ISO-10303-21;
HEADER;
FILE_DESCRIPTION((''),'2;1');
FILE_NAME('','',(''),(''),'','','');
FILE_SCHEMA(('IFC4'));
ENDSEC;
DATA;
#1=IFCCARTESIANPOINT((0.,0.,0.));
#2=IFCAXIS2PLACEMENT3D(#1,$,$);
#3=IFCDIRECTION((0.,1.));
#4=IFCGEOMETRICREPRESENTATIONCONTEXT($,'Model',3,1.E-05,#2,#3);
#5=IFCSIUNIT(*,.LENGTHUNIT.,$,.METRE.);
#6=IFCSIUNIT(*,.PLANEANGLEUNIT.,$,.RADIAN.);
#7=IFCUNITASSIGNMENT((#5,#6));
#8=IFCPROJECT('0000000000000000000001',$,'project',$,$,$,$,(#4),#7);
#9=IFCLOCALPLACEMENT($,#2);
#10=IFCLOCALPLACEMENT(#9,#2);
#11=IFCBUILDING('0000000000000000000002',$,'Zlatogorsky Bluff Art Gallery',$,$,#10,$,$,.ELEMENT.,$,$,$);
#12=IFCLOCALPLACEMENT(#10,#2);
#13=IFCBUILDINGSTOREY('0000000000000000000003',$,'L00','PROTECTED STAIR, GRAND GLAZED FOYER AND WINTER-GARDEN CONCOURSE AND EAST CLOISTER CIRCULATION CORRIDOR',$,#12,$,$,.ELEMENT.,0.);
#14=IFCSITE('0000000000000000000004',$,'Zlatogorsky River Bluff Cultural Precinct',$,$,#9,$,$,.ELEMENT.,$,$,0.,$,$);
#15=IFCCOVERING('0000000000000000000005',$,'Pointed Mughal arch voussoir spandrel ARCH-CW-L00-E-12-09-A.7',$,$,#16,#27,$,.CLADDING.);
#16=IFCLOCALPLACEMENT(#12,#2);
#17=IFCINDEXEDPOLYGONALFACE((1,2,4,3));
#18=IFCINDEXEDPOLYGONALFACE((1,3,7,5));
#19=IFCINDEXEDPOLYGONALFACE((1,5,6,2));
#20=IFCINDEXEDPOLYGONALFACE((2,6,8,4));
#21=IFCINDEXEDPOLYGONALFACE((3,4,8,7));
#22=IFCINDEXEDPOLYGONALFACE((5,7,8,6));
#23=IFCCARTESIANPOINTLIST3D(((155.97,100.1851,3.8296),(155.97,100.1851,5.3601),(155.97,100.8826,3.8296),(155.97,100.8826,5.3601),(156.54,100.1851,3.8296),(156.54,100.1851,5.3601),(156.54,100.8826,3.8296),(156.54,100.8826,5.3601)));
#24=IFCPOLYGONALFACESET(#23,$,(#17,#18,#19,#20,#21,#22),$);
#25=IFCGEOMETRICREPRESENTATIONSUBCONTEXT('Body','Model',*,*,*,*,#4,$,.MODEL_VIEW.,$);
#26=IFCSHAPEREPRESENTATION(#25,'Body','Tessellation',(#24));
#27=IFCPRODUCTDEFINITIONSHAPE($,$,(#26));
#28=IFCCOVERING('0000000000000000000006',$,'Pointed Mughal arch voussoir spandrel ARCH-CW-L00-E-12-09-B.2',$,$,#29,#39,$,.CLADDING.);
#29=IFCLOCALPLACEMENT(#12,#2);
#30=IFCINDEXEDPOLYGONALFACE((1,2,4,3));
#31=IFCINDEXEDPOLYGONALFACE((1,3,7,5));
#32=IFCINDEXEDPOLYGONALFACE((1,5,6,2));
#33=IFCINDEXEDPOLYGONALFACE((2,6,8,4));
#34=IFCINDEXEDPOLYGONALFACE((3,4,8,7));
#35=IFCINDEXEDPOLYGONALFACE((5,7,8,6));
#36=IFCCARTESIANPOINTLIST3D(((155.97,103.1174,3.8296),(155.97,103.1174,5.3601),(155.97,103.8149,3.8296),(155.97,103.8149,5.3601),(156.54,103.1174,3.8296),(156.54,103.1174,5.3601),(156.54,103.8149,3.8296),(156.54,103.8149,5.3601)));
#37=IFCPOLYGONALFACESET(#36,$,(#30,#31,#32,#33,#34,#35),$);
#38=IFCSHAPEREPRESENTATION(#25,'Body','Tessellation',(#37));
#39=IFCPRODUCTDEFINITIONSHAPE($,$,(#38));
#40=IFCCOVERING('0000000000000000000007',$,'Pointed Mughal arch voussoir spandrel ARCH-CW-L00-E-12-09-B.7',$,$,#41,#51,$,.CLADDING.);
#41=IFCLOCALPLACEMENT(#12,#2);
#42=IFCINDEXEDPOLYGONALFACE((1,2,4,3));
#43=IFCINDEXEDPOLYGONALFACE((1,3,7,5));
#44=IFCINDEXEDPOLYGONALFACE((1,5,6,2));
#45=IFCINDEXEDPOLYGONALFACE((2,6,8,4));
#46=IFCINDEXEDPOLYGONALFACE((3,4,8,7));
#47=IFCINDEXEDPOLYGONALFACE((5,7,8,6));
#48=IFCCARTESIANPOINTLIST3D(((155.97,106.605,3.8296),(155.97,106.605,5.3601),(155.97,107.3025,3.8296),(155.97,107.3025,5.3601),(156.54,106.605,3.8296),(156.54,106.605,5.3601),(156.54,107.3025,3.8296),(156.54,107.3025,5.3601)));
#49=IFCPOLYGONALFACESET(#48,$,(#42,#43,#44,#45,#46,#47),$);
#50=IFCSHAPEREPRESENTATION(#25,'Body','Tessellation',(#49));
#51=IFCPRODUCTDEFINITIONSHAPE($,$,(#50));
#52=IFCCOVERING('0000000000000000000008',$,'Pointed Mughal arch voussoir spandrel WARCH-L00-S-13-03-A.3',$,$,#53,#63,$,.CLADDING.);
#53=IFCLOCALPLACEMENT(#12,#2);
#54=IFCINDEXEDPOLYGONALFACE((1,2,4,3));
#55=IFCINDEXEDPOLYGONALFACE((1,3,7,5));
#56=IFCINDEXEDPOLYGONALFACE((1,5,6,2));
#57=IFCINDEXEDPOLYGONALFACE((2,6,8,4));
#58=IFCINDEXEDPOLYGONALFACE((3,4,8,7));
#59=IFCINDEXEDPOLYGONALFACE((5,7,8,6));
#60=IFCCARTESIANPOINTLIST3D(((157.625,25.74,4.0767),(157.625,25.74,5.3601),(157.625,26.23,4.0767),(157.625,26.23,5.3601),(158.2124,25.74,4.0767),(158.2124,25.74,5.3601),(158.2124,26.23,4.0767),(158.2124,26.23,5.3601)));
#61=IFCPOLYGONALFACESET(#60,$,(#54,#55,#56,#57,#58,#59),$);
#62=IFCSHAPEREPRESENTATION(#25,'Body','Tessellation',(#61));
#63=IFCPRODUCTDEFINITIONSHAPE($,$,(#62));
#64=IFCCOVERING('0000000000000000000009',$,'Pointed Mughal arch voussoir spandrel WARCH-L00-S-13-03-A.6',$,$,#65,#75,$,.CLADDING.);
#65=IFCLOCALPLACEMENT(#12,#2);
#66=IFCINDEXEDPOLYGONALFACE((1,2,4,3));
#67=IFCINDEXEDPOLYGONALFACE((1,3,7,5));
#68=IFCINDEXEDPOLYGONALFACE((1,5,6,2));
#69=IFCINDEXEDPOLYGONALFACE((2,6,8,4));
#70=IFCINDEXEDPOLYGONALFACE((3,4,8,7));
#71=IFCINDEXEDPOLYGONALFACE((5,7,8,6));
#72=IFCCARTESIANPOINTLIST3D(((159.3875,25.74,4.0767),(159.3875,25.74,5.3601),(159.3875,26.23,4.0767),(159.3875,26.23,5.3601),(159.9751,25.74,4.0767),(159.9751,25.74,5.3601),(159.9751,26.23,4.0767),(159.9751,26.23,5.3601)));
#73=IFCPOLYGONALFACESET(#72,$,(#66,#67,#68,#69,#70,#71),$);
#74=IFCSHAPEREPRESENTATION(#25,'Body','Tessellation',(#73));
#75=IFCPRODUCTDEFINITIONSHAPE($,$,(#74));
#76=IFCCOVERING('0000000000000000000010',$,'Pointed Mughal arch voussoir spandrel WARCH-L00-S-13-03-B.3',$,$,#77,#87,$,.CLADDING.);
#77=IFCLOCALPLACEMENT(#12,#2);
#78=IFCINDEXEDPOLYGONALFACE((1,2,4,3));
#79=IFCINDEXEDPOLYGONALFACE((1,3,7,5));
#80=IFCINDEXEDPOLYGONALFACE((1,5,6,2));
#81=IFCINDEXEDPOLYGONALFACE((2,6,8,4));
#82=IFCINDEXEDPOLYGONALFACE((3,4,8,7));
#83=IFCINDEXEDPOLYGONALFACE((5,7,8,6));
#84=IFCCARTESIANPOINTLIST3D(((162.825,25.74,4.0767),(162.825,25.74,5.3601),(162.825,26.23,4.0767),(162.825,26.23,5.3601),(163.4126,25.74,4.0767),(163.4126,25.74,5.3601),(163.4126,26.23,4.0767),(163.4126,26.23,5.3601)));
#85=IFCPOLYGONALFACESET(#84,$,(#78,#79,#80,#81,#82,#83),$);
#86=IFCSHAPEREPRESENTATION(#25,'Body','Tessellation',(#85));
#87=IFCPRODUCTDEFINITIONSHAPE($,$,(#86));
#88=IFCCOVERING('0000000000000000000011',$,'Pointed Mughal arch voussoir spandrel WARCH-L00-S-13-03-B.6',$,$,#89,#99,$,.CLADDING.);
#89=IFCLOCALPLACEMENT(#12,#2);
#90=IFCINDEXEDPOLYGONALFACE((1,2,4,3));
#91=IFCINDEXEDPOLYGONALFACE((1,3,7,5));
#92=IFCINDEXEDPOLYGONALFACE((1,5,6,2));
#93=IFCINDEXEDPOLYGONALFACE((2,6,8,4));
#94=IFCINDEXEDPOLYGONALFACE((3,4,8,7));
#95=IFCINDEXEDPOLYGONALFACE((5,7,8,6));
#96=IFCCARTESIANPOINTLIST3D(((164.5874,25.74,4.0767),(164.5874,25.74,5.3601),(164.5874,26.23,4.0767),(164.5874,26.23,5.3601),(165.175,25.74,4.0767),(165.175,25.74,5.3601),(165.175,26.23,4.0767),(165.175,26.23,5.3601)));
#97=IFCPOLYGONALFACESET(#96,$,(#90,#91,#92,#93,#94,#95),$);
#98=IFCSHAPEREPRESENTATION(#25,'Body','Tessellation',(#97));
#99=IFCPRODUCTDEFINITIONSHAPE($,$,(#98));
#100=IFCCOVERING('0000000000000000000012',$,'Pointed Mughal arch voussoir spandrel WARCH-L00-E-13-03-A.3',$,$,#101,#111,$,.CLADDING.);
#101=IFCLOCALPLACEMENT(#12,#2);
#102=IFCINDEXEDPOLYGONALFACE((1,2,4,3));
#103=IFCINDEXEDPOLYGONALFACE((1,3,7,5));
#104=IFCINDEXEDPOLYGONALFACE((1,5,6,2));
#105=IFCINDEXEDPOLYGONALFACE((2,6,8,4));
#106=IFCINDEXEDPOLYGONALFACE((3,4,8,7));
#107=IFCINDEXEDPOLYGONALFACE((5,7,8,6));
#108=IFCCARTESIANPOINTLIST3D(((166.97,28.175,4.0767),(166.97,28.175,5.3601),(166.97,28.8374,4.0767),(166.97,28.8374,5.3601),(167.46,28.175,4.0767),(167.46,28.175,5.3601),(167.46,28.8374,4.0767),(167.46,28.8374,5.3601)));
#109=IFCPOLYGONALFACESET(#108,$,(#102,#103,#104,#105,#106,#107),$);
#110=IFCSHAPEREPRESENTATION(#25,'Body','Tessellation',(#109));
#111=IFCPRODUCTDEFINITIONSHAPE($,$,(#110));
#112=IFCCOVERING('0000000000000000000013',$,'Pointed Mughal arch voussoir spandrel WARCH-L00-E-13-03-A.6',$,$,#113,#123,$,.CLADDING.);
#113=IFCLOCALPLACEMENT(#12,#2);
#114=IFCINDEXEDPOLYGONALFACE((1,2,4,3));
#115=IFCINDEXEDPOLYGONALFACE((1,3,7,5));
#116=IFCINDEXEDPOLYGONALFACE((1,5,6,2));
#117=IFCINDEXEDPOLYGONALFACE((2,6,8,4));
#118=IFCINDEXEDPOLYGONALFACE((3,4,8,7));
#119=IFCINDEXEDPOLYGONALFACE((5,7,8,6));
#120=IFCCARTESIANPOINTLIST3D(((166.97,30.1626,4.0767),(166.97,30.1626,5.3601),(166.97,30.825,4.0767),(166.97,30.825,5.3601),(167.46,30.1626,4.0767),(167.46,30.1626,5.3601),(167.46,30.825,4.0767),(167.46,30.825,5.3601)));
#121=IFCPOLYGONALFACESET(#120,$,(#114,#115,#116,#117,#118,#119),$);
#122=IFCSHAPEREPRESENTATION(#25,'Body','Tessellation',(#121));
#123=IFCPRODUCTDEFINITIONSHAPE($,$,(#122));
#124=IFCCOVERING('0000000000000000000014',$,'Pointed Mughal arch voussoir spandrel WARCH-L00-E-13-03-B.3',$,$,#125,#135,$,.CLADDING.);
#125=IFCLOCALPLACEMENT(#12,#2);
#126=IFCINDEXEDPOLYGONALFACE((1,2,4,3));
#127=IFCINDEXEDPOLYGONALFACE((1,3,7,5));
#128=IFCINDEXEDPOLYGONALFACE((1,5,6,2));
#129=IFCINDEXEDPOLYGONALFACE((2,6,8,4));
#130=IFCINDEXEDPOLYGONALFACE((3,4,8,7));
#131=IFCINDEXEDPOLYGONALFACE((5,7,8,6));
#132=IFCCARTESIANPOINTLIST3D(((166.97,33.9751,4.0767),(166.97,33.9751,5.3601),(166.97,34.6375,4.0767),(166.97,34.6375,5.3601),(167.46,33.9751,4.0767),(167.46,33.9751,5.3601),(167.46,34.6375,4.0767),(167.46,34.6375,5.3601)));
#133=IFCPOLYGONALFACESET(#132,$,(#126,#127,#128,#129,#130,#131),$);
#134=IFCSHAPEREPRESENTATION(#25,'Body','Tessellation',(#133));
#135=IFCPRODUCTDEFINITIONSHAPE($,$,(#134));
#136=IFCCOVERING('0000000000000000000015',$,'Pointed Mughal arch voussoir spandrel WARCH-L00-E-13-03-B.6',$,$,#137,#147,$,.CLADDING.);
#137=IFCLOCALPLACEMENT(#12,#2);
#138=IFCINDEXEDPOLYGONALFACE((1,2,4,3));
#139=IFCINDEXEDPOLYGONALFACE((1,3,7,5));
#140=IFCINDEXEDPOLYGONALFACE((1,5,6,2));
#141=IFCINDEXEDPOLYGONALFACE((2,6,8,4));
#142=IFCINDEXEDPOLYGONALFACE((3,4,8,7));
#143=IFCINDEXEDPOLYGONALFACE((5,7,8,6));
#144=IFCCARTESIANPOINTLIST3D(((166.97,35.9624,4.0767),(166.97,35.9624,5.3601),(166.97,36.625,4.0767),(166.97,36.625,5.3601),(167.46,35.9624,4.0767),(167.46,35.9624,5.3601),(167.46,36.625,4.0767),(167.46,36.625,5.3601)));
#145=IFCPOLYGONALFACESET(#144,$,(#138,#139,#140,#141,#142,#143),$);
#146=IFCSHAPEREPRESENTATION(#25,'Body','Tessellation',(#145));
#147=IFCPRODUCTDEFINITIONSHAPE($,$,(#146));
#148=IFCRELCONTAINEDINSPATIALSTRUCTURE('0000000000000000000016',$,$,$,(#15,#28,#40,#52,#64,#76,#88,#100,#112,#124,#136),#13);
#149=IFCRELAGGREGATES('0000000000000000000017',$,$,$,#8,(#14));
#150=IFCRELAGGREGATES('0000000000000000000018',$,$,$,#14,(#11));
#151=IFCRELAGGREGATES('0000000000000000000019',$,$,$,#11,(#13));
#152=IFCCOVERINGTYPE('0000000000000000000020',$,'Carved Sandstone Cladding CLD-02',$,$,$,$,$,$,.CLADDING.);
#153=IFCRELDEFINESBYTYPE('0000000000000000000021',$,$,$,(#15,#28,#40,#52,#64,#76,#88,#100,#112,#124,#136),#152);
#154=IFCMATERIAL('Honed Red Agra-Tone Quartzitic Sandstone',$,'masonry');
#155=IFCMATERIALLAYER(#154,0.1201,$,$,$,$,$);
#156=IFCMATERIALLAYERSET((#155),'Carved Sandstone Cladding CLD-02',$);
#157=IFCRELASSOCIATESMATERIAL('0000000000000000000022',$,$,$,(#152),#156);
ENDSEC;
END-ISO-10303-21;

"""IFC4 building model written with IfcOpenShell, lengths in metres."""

from ifc_helpers import new_model, si_unit, direction, frame, origin, place, context, subcontext, project, spatial, polyline, outline, extrude, material, layer, layer_set, type_object, element, save


model = new_model("IFC4")

# Units and contexts
model_context = context("Model", 3, precision=1e-05, world=origin(), true_north=direction((0.0, 1.0)))
body_context = subcontext(model_context, "Body", "Model", "MODEL_VIEW")
ifc_project = project(units=[si_unit("LENGTHUNIT", "METRE"), si_unit("PLANEANGLEUNIT", "RADIAN")], contexts=[model_context])

# Site, building, storey
site_placement = place(None, origin())
site = spatial("IfcSite", under=ifc_project, at=site_placement, Name="Zlatogorsky River Bluff Cultural Precinct", CompositionType="ELEMENT", RefElevation=0.0)
building_placement = place(site_placement, origin())
building = spatial("IfcBuilding", under=site, at=building_placement, Name="Zlatogorsky Bluff Art Gallery", CompositionType="ELEMENT")
storey_placement = place(building_placement, origin())
storey = spatial("IfcBuildingStorey", under=building, at=storey_placement, Name="L00", Description="PROTECTED STAIR, GRAND GLAZED FOYER AND WINTER-GARDEN CONCOURSE AND EAST CLOISTER CIRCULATION CORRIDOR", CompositionType="ELEMENT", Elevation=0.0)

# Coverings
ifc_material = material(Name="Honed Red Agra-Tone Quartzitic Sandstone", Category="masonry")
ifc_layer = layer(ifc_material, 0.1201)
ifc_layer_set = layer_set([ifc_layer], Name="Carved Sandstone Cladding CLD-02")
covering_type = type_object("IfcCoveringType", Name="Carved Sandstone Cladding CLD-02", PredefinedType="CLADDING", material=ifc_layer_set)
covering_1_placement = place(storey_placement, frame((0.0, 0.0, 3.8296)))
element("IfcCovering", 1, at=covering_1_placement, inside=storey, type_object=covering_type, Name="Pointed Mughal arch voussoir spandrel ARCH-CW-L00-E-12-09-A.7", PredefinedType="CLADDING", context=body_context, shape_type="SweptSolid", body=[
    extrude(outline(polyline([(155.97, 100.1851), (155.97, 100.8826), (156.54, 100.8826), (156.54, 100.1851), (155.97, 100.1851)])), origin(), (0.0, 0.0, 1.0), 1.5305),
])
covering_2_placement = place(storey_placement, frame((0.0, 0.0, 3.8296)))
element("IfcCovering", 2, at=covering_2_placement, inside=storey, type_object=covering_type, Name="Pointed Mughal arch voussoir spandrel ARCH-CW-L00-E-12-09-B.2", PredefinedType="CLADDING", context=body_context, shape_type="SweptSolid", body=[
    extrude(outline(polyline([(155.97, 103.1174), (155.97, 103.8149), (156.54, 103.8149), (156.54, 103.1174), (155.97, 103.1174)])), origin(), (0.0, 0.0, 1.0), 1.5305),
])
covering_3_placement = place(storey_placement, frame((0.0, 0.0, 3.8296)))
element("IfcCovering", 3, at=covering_3_placement, inside=storey, type_object=covering_type, Name="Pointed Mughal arch voussoir spandrel ARCH-CW-L00-E-12-09-B.7", PredefinedType="CLADDING", context=body_context, shape_type="SweptSolid", body=[
    extrude(outline(polyline([(155.97, 106.605), (155.97, 107.3025), (156.54, 107.3025), (156.54, 106.605), (155.97, 106.605)])), origin(), (0.0, 0.0, 1.0), 1.5305),
])
covering_4_placement = place(storey_placement, frame((0.0, 0.0, 4.0767)))
element("IfcCovering", 4, at=covering_4_placement, inside=storey, type_object=covering_type, Name="Pointed Mughal arch voussoir spandrel WARCH-L00-S-13-03-A.3", PredefinedType="CLADDING", context=body_context, shape_type="SweptSolid", body=[
    extrude(outline(polyline([(157.625, 25.74), (158.2124, 25.74), (158.2124, 26.23), (157.625, 26.23), (157.625, 25.74)])), origin(), (0.0, 0.0, 1.0), 1.2834),
])
covering_5_placement = place(storey_placement, frame((0.0, 0.0, 4.0767)))
element("IfcCovering", 5, at=covering_5_placement, inside=storey, type_object=covering_type, Name="Pointed Mughal arch voussoir spandrel WARCH-L00-S-13-03-A.6", PredefinedType="CLADDING", context=body_context, shape_type="SweptSolid", body=[
    extrude(outline(polyline([(159.3875, 25.74), (159.9751, 25.74), (159.9751, 26.23), (159.3875, 26.23), (159.3875, 25.74)])), origin(), (0.0, 0.0, 1.0), 1.2834),
])
covering_6_placement = place(storey_placement, frame((0.0, 0.0, 4.0767)))
element("IfcCovering", 6, at=covering_6_placement, inside=storey, type_object=covering_type, Name="Pointed Mughal arch voussoir spandrel WARCH-L00-S-13-03-B.3", PredefinedType="CLADDING", context=body_context, shape_type="SweptSolid", body=[
    extrude(outline(polyline([(162.825, 25.74), (163.4126, 25.74), (163.4126, 26.23), (162.825, 26.23), (162.825, 25.74)])), origin(), (0.0, 0.0, 1.0), 1.2834),
])
covering_7_placement = place(storey_placement, frame((0.0, 0.0, 4.0767)))
element("IfcCovering", 7, at=covering_7_placement, inside=storey, type_object=covering_type, Name="Pointed Mughal arch voussoir spandrel WARCH-L00-S-13-03-B.6", PredefinedType="CLADDING", context=body_context, shape_type="SweptSolid", body=[
    extrude(outline(polyline([(164.5874, 25.74), (165.175, 25.74), (165.175, 26.23), (164.5874, 26.23), (164.5874, 25.74)])), origin(), (0.0, 0.0, 1.0), 1.2834),
])
covering_8_placement = place(storey_placement, frame((0.0, 0.0, 4.0767)))
element("IfcCovering", 8, at=covering_8_placement, inside=storey, type_object=covering_type, Name="Pointed Mughal arch voussoir spandrel WARCH-L00-E-13-03-A.3", PredefinedType="CLADDING", context=body_context, shape_type="SweptSolid", body=[
    extrude(outline(polyline([(166.97, 28.175), (166.97, 28.8374), (167.46, 28.8374), (167.46, 28.175), (166.97, 28.175)])), origin(), (0.0, 0.0, 1.0), 1.2834),
])
covering_9_placement = place(storey_placement, frame((0.0, 0.0, 4.0767)))
element("IfcCovering", 9, at=covering_9_placement, inside=storey, type_object=covering_type, Name="Pointed Mughal arch voussoir spandrel WARCH-L00-E-13-03-A.6", PredefinedType="CLADDING", context=body_context, shape_type="SweptSolid", body=[
    extrude(outline(polyline([(166.97, 30.1626), (166.97, 30.825), (167.46, 30.825), (167.46, 30.1626), (166.97, 30.1626)])), origin(), (0.0, 0.0, 1.0), 1.2834),
])
covering_10_placement = place(storey_placement, frame((0.0, 0.0, 4.0767)))
element("IfcCovering", 10, at=covering_10_placement, inside=storey, type_object=covering_type, Name="Pointed Mughal arch voussoir spandrel WARCH-L00-E-13-03-B.3", PredefinedType="CLADDING", context=body_context, shape_type="SweptSolid", body=[
    extrude(outline(polyline([(166.97, 33.9751), (166.97, 34.6375), (167.46, 34.6375), (167.46, 33.9751), (166.97, 33.9751)])), origin(), (0.0, 0.0, 1.0), 1.2834),
])
covering_11_placement = place(storey_placement, frame((0.0, 0.0, 4.0767)))
element("IfcCovering", 11, at=covering_11_placement, inside=storey, type_object=covering_type, Name="Pointed Mughal arch voussoir spandrel WARCH-L00-E-13-03-B.6", PredefinedType="CLADDING", context=body_context, shape_type="SweptSolid", body=[
    extrude(outline(polyline([(166.97, 35.9624), (166.97, 36.625), (167.46, 36.625), (167.46, 35.9624), (166.97, 35.9624)])), origin(), (0.0, 0.0, 1.0), 1.2834),
])

save(model, "model.ifc")
